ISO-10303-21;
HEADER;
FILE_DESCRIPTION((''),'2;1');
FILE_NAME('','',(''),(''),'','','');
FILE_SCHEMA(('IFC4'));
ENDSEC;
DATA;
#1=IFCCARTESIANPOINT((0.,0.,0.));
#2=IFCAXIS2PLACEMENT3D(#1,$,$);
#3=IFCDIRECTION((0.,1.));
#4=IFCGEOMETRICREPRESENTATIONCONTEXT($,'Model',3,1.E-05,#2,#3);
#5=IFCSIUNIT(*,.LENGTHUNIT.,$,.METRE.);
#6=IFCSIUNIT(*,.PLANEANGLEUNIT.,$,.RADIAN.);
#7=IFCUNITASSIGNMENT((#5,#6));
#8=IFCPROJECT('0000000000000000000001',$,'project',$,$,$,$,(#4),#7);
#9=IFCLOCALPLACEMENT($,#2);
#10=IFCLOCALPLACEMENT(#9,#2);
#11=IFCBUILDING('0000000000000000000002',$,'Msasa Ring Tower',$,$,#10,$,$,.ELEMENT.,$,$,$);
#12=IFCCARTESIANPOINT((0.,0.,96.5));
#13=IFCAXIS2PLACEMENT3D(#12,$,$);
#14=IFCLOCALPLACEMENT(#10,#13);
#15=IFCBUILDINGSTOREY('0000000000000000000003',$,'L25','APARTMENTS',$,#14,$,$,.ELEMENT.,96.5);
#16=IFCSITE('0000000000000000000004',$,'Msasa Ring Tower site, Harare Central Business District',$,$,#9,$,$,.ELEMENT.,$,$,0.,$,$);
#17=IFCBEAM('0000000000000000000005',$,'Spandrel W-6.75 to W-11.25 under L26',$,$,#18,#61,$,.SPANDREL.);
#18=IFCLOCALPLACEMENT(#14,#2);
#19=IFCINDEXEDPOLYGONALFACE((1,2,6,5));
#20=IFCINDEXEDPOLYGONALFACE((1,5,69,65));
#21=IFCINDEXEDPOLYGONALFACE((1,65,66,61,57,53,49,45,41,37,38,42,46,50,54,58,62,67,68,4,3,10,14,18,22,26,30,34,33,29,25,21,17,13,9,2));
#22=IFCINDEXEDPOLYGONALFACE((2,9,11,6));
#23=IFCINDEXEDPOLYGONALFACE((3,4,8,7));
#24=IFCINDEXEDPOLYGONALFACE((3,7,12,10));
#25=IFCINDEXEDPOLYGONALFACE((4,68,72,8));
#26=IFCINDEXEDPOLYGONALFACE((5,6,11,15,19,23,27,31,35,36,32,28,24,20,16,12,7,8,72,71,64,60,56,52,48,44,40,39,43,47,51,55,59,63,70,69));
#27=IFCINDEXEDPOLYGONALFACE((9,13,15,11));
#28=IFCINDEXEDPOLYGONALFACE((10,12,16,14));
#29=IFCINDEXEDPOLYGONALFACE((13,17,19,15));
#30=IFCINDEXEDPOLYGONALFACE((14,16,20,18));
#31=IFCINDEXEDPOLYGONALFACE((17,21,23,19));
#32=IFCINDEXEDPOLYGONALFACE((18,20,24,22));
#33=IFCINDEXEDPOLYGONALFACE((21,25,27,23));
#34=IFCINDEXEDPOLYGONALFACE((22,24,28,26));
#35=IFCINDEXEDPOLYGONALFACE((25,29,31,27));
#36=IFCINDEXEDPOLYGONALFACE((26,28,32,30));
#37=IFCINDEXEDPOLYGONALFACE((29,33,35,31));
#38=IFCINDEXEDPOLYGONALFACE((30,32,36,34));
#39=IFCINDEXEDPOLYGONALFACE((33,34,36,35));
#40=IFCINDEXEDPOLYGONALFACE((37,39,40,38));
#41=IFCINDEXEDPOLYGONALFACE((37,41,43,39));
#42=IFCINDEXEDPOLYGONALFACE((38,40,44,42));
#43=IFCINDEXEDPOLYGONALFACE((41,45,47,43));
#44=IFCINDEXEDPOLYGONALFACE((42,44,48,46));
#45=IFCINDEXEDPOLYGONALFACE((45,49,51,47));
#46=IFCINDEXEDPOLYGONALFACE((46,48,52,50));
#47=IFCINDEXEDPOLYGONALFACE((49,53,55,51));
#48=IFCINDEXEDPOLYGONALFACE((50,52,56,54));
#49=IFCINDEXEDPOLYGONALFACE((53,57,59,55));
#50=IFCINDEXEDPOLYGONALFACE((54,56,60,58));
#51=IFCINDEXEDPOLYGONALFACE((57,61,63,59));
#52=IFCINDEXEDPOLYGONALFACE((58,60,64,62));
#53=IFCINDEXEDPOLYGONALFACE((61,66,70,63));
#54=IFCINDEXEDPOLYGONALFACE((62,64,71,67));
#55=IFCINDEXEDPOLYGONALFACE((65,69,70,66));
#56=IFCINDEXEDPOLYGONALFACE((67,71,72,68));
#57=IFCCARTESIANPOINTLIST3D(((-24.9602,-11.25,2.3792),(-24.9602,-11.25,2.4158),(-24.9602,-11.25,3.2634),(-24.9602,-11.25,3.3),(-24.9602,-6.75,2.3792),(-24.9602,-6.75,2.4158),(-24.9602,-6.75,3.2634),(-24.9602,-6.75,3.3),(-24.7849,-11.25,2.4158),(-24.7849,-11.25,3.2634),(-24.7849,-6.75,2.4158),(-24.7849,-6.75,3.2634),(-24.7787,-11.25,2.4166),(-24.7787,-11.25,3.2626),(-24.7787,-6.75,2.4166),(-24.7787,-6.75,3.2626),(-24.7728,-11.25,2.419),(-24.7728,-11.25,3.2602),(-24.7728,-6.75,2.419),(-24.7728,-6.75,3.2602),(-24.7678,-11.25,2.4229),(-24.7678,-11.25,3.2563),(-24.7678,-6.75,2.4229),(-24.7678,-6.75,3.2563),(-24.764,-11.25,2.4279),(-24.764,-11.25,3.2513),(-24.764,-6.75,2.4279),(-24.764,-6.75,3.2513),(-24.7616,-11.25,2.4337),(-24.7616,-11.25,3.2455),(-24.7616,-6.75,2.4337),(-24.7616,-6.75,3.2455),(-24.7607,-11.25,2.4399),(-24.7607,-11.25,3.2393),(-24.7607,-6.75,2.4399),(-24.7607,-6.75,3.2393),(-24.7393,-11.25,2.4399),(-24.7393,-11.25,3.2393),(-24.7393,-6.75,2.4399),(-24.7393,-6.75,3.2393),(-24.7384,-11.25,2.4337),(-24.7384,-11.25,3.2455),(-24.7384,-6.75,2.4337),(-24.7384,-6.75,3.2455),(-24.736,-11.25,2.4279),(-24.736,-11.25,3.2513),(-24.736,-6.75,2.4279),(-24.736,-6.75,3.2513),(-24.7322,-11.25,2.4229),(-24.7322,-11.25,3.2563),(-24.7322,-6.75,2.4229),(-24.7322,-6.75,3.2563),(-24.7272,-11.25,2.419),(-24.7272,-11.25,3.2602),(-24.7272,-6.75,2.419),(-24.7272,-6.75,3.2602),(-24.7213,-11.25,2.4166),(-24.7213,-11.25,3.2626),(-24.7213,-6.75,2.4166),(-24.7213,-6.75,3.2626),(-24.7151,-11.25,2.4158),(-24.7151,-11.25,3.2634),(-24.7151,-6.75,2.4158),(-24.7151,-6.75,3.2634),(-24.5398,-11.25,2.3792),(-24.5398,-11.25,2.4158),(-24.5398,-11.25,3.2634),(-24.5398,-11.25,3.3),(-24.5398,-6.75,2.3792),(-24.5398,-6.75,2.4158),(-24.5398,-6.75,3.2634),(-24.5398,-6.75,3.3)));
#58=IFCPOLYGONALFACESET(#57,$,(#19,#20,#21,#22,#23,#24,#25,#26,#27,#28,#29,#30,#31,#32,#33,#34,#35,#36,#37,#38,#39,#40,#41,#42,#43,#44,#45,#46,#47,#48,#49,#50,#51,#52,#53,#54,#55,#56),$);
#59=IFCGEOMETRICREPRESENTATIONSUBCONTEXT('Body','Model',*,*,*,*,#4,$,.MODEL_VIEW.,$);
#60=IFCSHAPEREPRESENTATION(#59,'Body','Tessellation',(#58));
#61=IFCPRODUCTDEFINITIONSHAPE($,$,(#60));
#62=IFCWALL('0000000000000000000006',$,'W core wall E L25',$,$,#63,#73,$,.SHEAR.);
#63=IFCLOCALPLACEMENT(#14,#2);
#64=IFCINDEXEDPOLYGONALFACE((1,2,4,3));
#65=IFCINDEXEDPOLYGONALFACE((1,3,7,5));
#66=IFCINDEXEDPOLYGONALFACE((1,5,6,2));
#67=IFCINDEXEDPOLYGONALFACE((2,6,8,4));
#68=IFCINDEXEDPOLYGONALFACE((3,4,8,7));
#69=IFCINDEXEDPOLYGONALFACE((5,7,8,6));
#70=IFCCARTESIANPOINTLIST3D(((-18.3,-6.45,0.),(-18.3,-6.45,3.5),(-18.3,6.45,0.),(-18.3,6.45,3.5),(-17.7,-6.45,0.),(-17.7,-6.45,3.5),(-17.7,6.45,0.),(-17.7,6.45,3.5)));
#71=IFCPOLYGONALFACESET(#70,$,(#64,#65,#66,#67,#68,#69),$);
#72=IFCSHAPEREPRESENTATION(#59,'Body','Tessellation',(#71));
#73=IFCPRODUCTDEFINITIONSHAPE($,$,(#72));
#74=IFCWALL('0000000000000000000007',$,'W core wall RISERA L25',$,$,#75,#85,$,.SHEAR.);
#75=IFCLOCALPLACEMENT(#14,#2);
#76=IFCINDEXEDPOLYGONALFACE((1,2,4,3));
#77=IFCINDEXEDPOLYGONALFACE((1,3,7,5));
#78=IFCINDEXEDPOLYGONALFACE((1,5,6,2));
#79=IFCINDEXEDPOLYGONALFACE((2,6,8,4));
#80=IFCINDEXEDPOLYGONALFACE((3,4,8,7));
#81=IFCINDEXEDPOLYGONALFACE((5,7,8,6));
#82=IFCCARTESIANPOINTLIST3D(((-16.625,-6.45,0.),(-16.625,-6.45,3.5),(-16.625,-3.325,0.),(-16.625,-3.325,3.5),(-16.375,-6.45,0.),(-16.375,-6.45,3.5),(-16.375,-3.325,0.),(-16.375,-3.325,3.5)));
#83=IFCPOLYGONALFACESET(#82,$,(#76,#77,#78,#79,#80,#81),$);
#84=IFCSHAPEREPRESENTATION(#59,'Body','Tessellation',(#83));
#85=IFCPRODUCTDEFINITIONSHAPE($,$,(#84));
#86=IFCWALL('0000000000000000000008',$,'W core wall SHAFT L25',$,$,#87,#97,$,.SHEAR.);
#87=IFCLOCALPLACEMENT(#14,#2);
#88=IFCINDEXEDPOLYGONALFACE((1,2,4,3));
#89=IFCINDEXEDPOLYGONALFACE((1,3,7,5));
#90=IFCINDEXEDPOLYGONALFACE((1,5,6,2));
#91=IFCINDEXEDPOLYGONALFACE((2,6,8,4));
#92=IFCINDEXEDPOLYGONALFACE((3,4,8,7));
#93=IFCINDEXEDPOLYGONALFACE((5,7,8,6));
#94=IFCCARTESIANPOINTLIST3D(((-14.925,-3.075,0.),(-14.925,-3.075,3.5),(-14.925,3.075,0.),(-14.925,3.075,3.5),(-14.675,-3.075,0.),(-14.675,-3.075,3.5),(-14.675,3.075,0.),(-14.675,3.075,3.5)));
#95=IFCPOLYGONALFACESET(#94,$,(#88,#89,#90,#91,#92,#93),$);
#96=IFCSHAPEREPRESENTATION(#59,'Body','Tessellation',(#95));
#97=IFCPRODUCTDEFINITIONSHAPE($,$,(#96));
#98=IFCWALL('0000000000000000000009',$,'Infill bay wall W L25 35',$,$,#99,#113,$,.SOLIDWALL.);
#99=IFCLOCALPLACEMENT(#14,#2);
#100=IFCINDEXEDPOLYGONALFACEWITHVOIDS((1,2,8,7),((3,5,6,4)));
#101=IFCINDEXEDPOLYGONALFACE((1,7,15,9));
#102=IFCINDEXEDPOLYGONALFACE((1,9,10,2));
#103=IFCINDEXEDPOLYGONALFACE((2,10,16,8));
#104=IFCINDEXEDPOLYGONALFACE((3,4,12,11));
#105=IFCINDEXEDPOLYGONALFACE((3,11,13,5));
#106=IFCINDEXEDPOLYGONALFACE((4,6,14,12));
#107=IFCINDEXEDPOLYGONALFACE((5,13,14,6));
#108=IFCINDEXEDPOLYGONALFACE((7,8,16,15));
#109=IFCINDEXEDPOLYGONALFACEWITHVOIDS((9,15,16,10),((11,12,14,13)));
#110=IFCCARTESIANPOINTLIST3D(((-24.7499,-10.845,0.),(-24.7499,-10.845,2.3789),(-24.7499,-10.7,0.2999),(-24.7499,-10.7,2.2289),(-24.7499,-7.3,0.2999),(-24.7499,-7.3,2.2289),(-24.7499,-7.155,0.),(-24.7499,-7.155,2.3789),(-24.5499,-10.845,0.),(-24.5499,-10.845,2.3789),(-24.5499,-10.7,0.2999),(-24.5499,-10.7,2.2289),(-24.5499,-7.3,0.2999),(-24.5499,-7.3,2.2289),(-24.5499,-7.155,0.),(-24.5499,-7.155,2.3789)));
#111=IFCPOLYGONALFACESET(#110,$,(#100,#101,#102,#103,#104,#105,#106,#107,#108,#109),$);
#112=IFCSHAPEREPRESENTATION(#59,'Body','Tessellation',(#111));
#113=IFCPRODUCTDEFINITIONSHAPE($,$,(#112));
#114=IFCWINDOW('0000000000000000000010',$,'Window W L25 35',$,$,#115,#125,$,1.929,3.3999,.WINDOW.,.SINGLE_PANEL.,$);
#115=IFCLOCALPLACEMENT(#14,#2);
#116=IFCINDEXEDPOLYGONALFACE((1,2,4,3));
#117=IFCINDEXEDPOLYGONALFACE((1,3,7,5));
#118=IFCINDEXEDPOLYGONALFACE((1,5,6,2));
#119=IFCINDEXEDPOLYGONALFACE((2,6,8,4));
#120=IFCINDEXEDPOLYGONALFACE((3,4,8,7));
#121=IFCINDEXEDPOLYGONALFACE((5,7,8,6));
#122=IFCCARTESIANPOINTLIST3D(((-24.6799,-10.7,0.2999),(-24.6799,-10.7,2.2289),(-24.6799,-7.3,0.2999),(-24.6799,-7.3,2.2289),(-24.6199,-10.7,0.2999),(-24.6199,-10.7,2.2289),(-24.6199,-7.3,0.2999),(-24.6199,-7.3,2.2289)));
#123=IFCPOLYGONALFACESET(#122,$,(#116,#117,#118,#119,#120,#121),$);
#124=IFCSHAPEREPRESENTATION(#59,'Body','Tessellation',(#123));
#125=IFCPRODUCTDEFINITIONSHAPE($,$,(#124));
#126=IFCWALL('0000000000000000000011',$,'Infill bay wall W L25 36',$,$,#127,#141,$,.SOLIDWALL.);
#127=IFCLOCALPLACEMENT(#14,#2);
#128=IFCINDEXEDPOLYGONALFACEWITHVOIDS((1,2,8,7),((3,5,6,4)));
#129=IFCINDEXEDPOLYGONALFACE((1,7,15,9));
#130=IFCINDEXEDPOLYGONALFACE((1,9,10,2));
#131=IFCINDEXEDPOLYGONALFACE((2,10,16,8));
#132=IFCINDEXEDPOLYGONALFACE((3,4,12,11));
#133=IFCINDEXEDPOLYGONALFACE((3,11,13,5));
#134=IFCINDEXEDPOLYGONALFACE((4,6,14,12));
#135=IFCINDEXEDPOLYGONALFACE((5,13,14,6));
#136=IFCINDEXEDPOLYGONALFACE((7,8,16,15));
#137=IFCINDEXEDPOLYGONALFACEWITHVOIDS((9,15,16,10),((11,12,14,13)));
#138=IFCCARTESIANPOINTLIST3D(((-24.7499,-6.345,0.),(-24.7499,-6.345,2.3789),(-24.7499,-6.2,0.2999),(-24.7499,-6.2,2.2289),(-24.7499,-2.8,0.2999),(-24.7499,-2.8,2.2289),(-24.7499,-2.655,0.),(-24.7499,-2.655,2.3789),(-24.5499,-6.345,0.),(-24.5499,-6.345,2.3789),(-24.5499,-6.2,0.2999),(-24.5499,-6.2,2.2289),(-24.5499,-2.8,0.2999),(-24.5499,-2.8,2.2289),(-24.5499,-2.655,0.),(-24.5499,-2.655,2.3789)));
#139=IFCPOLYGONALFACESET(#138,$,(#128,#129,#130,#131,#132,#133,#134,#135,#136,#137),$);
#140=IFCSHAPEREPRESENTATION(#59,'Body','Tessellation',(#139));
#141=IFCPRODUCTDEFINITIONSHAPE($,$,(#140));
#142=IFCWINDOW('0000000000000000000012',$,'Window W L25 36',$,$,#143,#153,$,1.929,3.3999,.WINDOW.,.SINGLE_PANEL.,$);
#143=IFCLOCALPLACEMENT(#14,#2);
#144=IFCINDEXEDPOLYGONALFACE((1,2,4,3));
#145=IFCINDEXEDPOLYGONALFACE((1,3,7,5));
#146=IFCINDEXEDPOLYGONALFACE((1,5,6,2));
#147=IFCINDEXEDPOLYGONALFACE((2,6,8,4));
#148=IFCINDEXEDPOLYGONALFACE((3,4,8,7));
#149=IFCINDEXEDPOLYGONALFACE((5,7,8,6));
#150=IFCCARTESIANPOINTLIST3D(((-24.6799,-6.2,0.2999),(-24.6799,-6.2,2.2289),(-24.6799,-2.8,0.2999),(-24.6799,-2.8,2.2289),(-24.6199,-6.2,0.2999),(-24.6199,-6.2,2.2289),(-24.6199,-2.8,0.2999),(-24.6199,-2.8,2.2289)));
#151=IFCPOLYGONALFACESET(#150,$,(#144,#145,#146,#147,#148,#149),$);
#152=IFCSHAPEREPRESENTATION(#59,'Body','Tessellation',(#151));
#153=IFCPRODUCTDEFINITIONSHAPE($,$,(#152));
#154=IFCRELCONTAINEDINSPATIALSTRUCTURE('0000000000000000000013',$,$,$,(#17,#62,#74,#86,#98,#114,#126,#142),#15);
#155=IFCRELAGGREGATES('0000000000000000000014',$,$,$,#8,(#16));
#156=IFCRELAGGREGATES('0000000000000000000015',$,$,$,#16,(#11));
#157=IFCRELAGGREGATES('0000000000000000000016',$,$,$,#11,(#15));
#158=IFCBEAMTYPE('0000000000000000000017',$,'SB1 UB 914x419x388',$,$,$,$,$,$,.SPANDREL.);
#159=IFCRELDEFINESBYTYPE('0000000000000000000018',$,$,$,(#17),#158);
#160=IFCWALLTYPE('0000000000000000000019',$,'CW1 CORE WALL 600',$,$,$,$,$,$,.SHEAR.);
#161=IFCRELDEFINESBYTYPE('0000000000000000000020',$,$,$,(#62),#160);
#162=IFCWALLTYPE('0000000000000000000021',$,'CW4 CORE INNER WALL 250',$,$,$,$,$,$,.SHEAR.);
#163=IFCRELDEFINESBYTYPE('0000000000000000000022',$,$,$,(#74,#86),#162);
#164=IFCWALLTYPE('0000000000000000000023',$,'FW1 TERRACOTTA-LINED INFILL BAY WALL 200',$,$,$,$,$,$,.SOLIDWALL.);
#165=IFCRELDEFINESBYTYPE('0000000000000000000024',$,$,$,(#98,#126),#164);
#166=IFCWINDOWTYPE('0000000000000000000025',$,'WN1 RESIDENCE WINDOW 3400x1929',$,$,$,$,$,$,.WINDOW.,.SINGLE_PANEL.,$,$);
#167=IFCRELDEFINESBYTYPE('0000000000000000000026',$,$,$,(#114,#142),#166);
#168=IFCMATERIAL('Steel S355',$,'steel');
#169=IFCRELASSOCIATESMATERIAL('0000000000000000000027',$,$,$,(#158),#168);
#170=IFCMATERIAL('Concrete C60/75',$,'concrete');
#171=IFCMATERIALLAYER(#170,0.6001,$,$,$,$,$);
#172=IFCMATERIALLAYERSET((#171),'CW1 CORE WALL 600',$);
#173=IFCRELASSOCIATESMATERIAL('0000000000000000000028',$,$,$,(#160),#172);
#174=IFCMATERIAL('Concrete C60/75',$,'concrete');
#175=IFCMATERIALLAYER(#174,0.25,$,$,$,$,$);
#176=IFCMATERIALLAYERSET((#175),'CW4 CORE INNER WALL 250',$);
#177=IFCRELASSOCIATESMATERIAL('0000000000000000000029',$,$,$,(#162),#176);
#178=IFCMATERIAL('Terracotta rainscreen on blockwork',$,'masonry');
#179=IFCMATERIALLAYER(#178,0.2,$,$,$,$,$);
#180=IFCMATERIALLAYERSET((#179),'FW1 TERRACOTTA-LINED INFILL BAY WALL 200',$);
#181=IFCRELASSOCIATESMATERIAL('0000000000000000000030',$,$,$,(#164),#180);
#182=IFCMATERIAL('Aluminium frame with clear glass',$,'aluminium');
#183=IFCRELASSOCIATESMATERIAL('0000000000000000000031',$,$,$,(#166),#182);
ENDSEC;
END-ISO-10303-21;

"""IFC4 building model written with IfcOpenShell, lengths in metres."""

from ifc_helpers import new_model, si_unit, direction, frame, frame_2d, origin, origin_2d, place, context, subcontext, project, spatial, rectangle, i_section, extrude, material, layer, layer_set, material_profile, profile_set, type_object, element, fill, save


model = new_model("IFC4")

# Units and contexts
model_context = context("Model", 3, precision=1e-05, world=origin(), true_north=direction((0.0, 1.0)))
body_context = subcontext(model_context, "Body", "Model", "MODEL_VIEW")
ifc_project = project(units=[si_unit("LENGTHUNIT", "METRE"), si_unit("PLANEANGLEUNIT", "RADIAN")], contexts=[model_context])

# Site, building, storey
site_placement = place(None, origin())
site = spatial("IfcSite", under=ifc_project, at=site_placement, Name="Msasa Ring Tower site, Harare Central Business District", CompositionType="ELEMENT", RefElevation=0.0)
building_placement = place(site_placement, origin())
building = spatial("IfcBuilding", under=site, at=building_placement, Name="Msasa Ring Tower", CompositionType="ELEMENT")
storey_placement = place(building_placement, frame((0.0, 0.0, 96.5)))
storey = spatial("IfcBuildingStorey", under=building, at=storey_placement, Name="L25", Description="APARTMENTS", CompositionType="ELEMENT", Elevation=96.5)

# Beam
ifc_material_1 = material(Name="Steel S355", Category="steel")
ifc_material_profile_1 = material_profile(ifc_material_1, i_section(OverallWidth=0.4204, OverallDepth=0.9209, WebThickness=0.0215, FlangeThickness=0.0366, FilletRadius=0.0242, at=origin_2d()), Name="UB 914x419x388")
ifc_profile_set_1 = profile_set([ifc_material_profile_1], Name="Steel S355")
beam_type_1 = type_object("IfcBeamType", Name="SB1 UB 914x419x388", PredefinedType="SPANDREL", material=ifc_profile_set_1)
for number, where, z_axis, x_axis, name in (
    (1, (-24.75, -6.75, 2.8396), (0.0, -1.0, 0.0), (1.0, 0.0, 0.0), "Spandrel W-6.75 to W-11.25 under L26"),
):
    element("IfcBeam", number, at=place(storey_placement, frame(where, z_axis=z_axis, x_axis=x_axis)), inside=storey, type_object=beam_type_1, Name=name, PredefinedType="SPANDREL", context=body_context, shape_type="SweptSolid", body=[
        extrude(i_section(OverallWidth=0.4204, OverallDepth=0.9209, WebThickness=0.0215, FlangeThickness=0.0366, FilletRadius=0.0242, at=origin_2d()), origin(), (0.0, 0.0, 1.0), 4.5),
    ])

# Walls
ifc_material_2 = material(Name="Concrete C60/75", Category="concrete")
ifc_layer_1 = layer(ifc_material_2, 0.6001)
ifc_layer_set_1 = layer_set([ifc_layer_1], Name="CW1 CORE WALL 600")
wall_type_1 = type_object("IfcWallType", Name="CW1 CORE WALL 600", PredefinedType="SHEAR", material=ifc_layer_set_1)
wall_1_placement = place(storey_placement, frame((-18.0, -6.45, 0.0), z_axis=(0.0, 0.0, 1.0), x_axis=(0.0, 1.0, 0.0)))
element("IfcWall", 2, at=wall_1_placement, inside=storey, type_object=wall_type_1, Name="W core wall E L25", PredefinedType="SHEAR", context=body_context, shape_type="SweptSolid", body=[
    extrude(rectangle(XDim=12.8999, YDim=0.6001, at=frame_2d((6.45, 0.0))), origin(), (0.0, 0.0, 1.0), 3.5),
])
ifc_material_3 = material(Name="Concrete C60/75", Category="concrete")
ifc_layer_2 = layer(ifc_material_3, 0.25)
ifc_layer_set_2 = layer_set([ifc_layer_2], Name="CW4 CORE INNER WALL 250")
wall_type_2 = type_object("IfcWallType", Name="CW4 CORE INNER WALL 250", PredefinedType="SHEAR", material=ifc_layer_set_2)
wall_2_placement = place(storey_placement, frame((-16.5, -6.45, 0.0), z_axis=(0.0, 0.0, 1.0), x_axis=(0.0, 1.0, 0.0)))
element("IfcWall", 3, at=wall_2_placement, inside=storey, type_object=wall_type_2, Name="W core wall RISERA L25", PredefinedType="SHEAR", context=body_context, shape_type="SweptSolid", body=[
    extrude(rectangle(XDim=3.125, YDim=0.25, at=frame_2d((1.5625, 0.0))), origin(), (0.0, 0.0, 1.0), 3.5),
])
wall_3_placement = place(storey_placement, frame((-14.8, -3.075, 0.0), z_axis=(0.0, 0.0, 1.0), x_axis=(0.0, 1.0, 0.0)))
element("IfcWall", 4, at=wall_3_placement, inside=storey, type_object=wall_type_2, Name="W core wall SHAFT L25", PredefinedType="SHEAR", context=body_context, shape_type="SweptSolid", body=[
    extrude(rectangle(XDim=6.1499, YDim=0.25, at=frame_2d((3.075, 0.0))), origin(), (0.0, 0.0, 1.0), 3.5),
])

# Walls, openings, windows
ifc_material_4 = material(Name="Terracotta rainscreen on blockwork", Category="masonry")
ifc_layer_3 = layer(ifc_material_4, 0.2)
ifc_layer_set_3 = layer_set([ifc_layer_3], Name="FW1 TERRACOTTA-LINED INFILL BAY WALL 200")
wall_type_3 = type_object("IfcWallType", Name="FW1 TERRACOTTA-LINED INFILL BAY WALL 200", PredefinedType="SOLIDWALL", material=ifc_layer_set_3)
wall_4_placement = place(storey_placement, frame((-24.6499, -10.845, 0.0), z_axis=(0.0, 0.0, 1.0), x_axis=(0.0, 1.0, 0.0)))
wall_4 = element("IfcWall", 5, at=wall_4_placement, inside=storey, type_object=wall_type_3, Name="Infill bay wall W L25 35", PredefinedType="SOLIDWALL", context=body_context, shape_type="SweptSolid", body=[
    extrude(rectangle(XDim=3.6899, YDim=0.2, at=frame_2d((1.845, 0.0))), origin(), (0.0, 0.0, 1.0), 2.3789),
])
opening_1_placement = place(wall_4_placement, frame((0.145, 0.0, 0.3)))
opening_1 = element("IfcOpeningElement", 6, at=opening_1_placement, cuts=wall_4, PredefinedType="OPENING", context=body_context, shape_type="SweptSolid", body=[
    extrude(rectangle(XDim=3.3999, YDim=1.929, at=frame_2d((1.7, 0.9644))), frame((0.0, 0.1099, 0.0), z_axis=(0.0, -1.0, 0.0), x_axis=(1.0, 0.0, 0.0)), (0.0, 0.0, 1.0), 0.22),
])
ifc_material_5 = material(Name="Aluminium frame with clear glass", Category="aluminium")
window_type = type_object("IfcWindowType", Name="WN1 RESIDENCE WINDOW 3400x1929", PartitioningType="SINGLE_PANEL", PredefinedType="WINDOW", material=ifc_material_5)
window_1_placement = place(opening_1_placement, origin())
window_1 = element("IfcWindow", 7, at=window_1_placement, inside=storey, type_object=window_type, Name="Window W L25 35", OverallHeight=1.929, OverallWidth=3.3999, PartitioningType="SINGLE_PANEL", PredefinedType="WINDOW", context=body_context, shape_type="SweptSolid", body=[
    extrude(rectangle(XDim=3.3999, YDim=1.929, at=frame_2d((1.7, 0.9644))), frame((0.0, 0.03, 0.0), z_axis=(0.0, -1.0, 0.0), x_axis=(1.0, 0.0, 0.0)), (0.0, 0.0, 1.0), 0.0601),
])
fill(opening_1, window_1)
wall_5_placement = place(storey_placement, frame((-24.6499, -6.345, 0.0), z_axis=(0.0, 0.0, 1.0), x_axis=(0.0, 1.0, 0.0)))
wall_5 = element("IfcWall", 8, at=wall_5_placement, inside=storey, type_object=wall_type_3, Name="Infill bay wall W L25 36", PredefinedType="SOLIDWALL", context=body_context, shape_type="SweptSolid", body=[
    extrude(rectangle(XDim=3.6899, YDim=0.2, at=frame_2d((1.845, 0.0))), origin(), (0.0, 0.0, 1.0), 2.3789),
])
opening_2_placement = place(wall_5_placement, frame((0.145, 0.0, 0.3)))
opening_2 = element("IfcOpeningElement", 9, at=opening_2_placement, cuts=wall_5, PredefinedType="OPENING", context=body_context, shape_type="SweptSolid", body=[
    extrude(rectangle(XDim=3.3999, YDim=1.929, at=frame_2d((1.7, 0.9644))), frame((0.0, 0.1099, 0.0), z_axis=(0.0, -1.0, 0.0), x_axis=(1.0, 0.0, 0.0)), (0.0, 0.0, 1.0), 0.22),
])
window_2_placement = place(opening_2_placement, origin())
window_2 = element("IfcWindow", 10, at=window_2_placement, inside=storey, type_object=window_type, Name="Window W L25 36", OverallHeight=1.929, OverallWidth=3.3999, PartitioningType="SINGLE_PANEL", PredefinedType="WINDOW", context=body_context, shape_type="SweptSolid", body=[
    extrude(rectangle(XDim=3.3999, YDim=1.929, at=frame_2d((1.7, 0.9644))), frame((0.0, 0.03, 0.0), z_axis=(0.0, -1.0, 0.0), x_axis=(1.0, 0.0, 0.0)), (0.0, 0.0, 1.0), 0.0601),
])
fill(opening_2, window_2)

save(model, "model.ifc")
